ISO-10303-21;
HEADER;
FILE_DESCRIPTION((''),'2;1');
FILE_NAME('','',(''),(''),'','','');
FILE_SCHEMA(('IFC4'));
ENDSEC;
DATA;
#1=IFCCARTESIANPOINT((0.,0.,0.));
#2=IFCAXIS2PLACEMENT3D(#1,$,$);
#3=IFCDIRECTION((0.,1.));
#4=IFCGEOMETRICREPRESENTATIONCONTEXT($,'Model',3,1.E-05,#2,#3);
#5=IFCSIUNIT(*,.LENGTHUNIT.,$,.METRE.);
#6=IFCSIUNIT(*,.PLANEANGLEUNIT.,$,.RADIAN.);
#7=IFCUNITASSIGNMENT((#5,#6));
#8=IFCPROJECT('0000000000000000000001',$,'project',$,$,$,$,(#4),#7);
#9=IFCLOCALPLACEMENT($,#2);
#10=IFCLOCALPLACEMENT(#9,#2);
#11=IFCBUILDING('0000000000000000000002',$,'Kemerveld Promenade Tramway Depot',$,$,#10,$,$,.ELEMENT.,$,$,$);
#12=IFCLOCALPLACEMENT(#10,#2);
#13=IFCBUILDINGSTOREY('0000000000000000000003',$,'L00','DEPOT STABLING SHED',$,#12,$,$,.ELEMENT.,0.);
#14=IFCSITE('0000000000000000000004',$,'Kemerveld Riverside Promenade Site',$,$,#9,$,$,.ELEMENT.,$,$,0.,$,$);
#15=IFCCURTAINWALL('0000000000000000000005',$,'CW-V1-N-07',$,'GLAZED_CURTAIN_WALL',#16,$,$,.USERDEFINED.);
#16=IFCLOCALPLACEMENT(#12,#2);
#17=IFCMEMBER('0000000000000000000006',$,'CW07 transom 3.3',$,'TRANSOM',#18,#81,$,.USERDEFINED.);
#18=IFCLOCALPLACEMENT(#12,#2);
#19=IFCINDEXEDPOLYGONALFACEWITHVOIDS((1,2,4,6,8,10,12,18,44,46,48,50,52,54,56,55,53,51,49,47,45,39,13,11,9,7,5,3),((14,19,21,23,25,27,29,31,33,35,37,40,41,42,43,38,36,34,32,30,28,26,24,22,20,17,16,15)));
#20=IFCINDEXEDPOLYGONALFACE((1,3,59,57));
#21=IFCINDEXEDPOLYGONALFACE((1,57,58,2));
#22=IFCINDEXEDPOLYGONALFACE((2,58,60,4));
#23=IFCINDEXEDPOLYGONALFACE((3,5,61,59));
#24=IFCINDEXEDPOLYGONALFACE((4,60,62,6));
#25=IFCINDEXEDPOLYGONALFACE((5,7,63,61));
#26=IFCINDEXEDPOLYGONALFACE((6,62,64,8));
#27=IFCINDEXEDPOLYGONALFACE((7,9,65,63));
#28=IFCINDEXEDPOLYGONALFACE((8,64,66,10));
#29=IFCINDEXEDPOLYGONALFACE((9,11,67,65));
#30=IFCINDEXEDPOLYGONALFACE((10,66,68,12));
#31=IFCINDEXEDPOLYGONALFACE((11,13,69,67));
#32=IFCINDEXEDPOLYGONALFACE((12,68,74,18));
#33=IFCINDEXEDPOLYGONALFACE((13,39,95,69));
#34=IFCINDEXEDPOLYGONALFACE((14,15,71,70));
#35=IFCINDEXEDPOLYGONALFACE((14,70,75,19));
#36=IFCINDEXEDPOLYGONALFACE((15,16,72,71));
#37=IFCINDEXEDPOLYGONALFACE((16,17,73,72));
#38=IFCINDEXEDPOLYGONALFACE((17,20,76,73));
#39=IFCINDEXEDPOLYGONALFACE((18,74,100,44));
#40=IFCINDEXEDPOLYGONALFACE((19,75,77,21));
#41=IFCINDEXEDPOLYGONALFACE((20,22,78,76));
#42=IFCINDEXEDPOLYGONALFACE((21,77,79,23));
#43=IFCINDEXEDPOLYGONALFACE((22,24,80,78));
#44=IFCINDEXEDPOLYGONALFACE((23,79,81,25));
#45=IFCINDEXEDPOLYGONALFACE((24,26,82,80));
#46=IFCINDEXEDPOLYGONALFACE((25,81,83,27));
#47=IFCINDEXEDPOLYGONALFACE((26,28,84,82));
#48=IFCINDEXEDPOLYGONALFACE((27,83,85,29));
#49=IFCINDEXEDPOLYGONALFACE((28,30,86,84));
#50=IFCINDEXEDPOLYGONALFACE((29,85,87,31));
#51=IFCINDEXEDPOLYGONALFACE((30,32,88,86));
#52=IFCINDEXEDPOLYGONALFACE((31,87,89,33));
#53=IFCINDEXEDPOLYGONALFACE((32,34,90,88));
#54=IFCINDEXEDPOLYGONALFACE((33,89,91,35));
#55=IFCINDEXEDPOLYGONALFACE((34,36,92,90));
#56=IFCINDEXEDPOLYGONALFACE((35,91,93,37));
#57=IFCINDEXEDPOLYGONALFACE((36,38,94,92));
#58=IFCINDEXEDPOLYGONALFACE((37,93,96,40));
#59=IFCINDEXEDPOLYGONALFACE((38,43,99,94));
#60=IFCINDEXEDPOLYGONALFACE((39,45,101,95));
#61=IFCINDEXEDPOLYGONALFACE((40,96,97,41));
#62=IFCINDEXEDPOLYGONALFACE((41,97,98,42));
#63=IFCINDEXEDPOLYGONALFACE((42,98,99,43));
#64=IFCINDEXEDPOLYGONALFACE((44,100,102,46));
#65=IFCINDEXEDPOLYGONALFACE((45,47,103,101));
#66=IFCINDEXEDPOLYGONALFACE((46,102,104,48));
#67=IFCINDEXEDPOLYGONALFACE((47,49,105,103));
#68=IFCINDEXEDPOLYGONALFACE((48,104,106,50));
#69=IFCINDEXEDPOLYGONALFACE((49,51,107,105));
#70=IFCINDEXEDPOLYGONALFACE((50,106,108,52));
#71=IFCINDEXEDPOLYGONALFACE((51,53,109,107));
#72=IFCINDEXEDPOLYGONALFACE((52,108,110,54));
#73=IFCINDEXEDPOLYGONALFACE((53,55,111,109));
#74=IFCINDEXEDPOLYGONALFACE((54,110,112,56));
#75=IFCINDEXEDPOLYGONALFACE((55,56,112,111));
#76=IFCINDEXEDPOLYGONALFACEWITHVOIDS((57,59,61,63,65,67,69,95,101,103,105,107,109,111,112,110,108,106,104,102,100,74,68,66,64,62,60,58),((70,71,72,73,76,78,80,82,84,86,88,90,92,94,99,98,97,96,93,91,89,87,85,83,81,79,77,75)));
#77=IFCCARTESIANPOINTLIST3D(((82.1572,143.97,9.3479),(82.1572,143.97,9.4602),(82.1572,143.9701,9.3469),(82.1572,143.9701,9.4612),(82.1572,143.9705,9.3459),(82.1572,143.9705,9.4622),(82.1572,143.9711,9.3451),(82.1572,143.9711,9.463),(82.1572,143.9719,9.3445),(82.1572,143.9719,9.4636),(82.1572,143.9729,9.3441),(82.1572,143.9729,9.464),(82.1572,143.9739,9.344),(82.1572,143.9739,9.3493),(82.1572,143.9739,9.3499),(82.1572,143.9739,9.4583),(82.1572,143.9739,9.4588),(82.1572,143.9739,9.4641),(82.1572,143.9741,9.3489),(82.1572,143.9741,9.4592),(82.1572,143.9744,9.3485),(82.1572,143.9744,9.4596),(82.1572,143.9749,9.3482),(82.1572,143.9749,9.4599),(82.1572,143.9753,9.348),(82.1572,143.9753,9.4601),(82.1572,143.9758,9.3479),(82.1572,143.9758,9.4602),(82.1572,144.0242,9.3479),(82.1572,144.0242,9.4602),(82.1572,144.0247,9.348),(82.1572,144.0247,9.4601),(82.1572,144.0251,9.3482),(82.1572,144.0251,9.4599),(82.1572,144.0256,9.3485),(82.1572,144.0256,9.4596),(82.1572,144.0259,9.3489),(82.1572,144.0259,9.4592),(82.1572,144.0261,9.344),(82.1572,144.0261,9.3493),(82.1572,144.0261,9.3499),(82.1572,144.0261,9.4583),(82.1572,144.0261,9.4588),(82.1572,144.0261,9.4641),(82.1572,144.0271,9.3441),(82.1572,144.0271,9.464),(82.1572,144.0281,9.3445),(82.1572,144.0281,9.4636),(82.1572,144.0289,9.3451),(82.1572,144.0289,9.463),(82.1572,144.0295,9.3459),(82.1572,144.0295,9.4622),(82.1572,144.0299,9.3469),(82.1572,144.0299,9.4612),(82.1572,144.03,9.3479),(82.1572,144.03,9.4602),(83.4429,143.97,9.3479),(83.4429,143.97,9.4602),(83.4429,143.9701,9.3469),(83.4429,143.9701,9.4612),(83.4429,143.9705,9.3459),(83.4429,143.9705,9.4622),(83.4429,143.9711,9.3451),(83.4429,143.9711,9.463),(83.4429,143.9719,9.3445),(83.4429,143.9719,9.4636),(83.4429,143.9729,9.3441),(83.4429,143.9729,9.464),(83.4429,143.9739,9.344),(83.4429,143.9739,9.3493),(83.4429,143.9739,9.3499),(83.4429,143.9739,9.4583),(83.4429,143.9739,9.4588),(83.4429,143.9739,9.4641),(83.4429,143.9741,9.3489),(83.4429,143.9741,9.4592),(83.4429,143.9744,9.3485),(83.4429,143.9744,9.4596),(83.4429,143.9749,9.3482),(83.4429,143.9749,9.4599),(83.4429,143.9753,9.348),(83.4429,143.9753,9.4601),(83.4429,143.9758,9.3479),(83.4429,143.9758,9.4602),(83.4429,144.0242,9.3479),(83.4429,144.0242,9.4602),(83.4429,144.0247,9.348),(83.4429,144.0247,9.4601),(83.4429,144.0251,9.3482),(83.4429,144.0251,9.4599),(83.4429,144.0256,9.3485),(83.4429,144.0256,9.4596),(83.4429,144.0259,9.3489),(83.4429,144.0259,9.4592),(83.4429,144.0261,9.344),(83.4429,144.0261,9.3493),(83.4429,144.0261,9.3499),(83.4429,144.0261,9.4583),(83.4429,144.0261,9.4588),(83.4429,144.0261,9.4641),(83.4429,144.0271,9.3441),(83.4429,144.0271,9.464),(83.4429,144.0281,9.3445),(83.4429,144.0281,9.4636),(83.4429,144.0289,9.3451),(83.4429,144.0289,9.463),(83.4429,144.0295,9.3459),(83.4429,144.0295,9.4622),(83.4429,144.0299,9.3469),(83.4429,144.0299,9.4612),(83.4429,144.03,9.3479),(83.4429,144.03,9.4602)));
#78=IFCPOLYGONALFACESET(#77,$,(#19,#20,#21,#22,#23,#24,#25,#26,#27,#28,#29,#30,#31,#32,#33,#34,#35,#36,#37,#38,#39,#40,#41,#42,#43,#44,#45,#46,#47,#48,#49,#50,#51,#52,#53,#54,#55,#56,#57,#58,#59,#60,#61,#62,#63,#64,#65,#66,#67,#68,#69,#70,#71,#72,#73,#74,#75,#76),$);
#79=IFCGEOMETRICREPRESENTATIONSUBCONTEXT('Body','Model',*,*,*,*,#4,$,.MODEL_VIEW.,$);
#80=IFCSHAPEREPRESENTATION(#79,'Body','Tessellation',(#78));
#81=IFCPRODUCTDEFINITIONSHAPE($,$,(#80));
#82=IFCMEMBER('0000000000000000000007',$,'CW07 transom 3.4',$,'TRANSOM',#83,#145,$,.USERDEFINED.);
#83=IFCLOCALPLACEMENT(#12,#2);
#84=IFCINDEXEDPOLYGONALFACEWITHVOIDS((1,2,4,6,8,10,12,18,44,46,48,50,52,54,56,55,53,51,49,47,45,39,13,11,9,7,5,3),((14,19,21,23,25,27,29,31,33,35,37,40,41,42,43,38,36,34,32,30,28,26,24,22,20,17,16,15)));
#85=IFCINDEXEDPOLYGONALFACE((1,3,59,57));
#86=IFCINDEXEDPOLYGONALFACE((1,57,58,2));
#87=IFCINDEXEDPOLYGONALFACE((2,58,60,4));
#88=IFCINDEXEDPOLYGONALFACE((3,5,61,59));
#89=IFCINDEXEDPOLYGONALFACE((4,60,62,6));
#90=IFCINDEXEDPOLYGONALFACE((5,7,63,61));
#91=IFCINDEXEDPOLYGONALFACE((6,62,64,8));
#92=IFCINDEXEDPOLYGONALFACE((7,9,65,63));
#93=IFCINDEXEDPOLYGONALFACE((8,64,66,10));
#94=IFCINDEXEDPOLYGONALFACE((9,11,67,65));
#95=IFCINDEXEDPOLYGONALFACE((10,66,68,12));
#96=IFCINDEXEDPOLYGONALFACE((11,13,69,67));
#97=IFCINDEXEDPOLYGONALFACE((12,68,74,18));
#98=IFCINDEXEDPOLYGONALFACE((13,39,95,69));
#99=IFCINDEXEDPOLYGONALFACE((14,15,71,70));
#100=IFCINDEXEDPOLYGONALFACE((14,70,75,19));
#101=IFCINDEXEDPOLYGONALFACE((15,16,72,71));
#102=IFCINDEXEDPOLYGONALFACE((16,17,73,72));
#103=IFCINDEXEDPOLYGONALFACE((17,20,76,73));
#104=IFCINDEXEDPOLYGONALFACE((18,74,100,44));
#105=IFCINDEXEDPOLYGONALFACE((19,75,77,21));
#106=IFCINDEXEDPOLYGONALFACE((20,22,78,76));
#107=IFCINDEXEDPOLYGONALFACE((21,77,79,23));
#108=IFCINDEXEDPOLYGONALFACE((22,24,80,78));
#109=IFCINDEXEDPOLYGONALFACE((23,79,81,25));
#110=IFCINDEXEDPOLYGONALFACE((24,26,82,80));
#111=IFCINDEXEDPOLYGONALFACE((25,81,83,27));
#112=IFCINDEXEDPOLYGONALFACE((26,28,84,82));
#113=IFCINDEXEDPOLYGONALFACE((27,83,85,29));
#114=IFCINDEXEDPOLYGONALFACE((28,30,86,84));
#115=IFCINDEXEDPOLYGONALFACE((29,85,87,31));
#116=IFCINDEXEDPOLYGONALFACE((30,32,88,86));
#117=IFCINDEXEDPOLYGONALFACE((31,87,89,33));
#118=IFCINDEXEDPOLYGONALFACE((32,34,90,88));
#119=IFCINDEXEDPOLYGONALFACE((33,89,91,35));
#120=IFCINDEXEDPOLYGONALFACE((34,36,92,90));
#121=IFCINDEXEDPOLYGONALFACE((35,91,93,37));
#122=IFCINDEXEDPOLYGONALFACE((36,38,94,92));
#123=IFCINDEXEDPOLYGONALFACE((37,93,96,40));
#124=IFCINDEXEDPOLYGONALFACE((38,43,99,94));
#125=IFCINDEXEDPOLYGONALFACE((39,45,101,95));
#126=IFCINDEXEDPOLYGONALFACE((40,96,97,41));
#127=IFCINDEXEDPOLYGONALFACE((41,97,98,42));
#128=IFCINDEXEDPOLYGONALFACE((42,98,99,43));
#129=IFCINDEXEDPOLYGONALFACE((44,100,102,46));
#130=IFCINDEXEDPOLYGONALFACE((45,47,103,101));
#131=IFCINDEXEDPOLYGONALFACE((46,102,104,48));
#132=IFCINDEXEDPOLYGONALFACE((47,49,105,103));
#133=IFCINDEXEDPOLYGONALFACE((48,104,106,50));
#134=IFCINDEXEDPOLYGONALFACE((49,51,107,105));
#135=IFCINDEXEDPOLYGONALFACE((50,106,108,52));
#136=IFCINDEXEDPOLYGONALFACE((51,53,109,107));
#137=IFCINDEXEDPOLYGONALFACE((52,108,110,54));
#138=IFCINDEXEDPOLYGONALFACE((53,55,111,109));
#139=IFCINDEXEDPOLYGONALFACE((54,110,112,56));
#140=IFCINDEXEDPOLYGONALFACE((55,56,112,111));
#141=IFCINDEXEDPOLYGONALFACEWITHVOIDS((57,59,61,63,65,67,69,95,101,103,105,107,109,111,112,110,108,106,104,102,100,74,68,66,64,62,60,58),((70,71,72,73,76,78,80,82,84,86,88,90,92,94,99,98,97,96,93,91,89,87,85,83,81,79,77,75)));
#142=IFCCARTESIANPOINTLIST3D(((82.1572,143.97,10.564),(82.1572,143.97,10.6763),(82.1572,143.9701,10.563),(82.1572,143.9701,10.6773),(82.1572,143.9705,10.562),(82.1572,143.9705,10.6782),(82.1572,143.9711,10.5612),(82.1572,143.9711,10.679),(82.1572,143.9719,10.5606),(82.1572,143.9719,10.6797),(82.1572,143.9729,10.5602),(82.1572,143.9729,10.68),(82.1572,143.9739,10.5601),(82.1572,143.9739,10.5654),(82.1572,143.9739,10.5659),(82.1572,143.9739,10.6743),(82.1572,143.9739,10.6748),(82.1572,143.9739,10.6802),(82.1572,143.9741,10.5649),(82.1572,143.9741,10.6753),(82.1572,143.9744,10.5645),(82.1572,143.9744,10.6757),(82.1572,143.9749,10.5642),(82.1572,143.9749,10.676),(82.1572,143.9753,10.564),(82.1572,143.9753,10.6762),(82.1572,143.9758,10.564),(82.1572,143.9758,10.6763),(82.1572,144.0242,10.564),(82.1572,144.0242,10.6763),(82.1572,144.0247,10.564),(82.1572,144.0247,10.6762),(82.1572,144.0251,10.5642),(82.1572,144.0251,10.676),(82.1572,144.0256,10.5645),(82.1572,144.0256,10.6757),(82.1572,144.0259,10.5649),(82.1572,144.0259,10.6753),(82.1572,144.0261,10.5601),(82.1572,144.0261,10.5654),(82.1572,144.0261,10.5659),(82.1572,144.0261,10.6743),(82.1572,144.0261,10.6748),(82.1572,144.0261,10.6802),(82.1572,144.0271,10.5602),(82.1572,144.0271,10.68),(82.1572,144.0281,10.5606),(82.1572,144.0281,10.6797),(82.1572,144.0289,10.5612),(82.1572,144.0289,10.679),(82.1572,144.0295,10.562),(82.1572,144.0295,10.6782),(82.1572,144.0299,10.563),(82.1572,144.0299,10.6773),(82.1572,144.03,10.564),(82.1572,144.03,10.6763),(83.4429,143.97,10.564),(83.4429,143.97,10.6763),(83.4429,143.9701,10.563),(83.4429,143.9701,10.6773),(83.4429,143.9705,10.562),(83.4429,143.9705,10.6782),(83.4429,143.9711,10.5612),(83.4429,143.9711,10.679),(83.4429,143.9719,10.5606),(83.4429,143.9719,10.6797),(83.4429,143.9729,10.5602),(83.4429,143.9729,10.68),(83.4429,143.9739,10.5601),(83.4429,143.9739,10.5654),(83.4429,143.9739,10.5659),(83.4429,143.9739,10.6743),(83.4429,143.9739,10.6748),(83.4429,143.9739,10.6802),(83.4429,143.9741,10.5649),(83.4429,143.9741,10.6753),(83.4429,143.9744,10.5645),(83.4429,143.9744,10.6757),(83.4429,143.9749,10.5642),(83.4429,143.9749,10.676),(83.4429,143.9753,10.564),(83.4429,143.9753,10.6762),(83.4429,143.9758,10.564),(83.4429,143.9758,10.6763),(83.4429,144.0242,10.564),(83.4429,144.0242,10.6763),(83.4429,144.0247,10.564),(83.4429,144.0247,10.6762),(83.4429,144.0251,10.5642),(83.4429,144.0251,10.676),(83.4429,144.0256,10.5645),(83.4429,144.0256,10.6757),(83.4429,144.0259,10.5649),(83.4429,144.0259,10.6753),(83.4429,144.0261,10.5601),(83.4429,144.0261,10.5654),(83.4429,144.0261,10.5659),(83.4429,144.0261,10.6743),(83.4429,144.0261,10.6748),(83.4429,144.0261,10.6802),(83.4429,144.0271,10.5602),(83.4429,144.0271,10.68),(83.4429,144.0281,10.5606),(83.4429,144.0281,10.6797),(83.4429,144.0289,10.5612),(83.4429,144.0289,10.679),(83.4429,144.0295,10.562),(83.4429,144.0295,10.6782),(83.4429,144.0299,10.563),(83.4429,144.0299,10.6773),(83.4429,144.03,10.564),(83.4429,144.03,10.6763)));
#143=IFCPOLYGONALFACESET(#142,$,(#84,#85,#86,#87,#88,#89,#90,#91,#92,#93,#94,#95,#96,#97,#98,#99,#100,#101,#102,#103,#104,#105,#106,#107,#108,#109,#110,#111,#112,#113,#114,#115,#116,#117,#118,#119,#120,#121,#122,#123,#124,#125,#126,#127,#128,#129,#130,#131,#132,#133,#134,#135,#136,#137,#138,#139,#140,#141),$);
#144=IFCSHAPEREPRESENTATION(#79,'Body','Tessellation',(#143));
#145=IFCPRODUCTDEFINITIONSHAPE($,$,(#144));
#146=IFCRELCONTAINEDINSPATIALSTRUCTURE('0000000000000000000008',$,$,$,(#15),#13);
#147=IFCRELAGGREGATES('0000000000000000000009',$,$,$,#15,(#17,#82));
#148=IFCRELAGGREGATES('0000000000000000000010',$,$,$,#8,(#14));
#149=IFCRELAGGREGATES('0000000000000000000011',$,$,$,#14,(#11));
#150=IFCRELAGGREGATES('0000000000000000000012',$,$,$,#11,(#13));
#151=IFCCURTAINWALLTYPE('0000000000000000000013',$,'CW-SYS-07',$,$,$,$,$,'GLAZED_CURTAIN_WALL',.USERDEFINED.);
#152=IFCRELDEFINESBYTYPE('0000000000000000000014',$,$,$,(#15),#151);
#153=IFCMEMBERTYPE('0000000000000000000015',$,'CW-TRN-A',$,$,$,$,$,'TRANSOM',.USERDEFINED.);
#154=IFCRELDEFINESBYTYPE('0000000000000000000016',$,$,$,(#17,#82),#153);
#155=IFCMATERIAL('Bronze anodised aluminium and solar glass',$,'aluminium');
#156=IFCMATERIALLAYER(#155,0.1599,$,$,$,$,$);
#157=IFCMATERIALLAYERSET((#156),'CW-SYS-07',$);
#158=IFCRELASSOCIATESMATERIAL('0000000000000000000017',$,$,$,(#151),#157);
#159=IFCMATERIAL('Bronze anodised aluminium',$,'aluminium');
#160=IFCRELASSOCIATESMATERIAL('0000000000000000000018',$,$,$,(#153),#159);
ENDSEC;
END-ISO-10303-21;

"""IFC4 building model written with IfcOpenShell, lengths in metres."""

from ifc_helpers import new_model, si_unit, direction, frame, origin, origin_2d, place, context, subcontext, project, spatial, hollow_rectangle, extrude, material, layer, layer_set, material_profile, profile_set, type_object, element, aggregate, save


model = new_model("IFC4")

# Units and contexts
model_context = context("Model", 3, precision=1e-05, world=origin(), true_north=direction((0.0, 1.0)))
body_context = subcontext(model_context, "Body", "Model", "MODEL_VIEW")
ifc_project = project(units=[si_unit("LENGTHUNIT", "METRE"), si_unit("PLANEANGLEUNIT", "RADIAN")], contexts=[model_context])

# Site, building, storey
site_placement = place(None, origin())
site = spatial("IfcSite", under=ifc_project, at=site_placement, Name="Kemerveld Riverside Promenade Site", CompositionType="ELEMENT", RefElevation=0.0)
building_placement = place(site_placement, origin())
building = spatial("IfcBuilding", under=site, at=building_placement, Name="Kemerveld Promenade Tramway Depot", CompositionType="ELEMENT")
storey_placement = place(building_placement, origin())
storey = spatial("IfcBuildingStorey", under=building, at=storey_placement, Name="L00", Description="DEPOT STABLING SHED", CompositionType="ELEMENT", Elevation=0.0)

# Curtain wall, members
ifc_material_1 = material(Name="Bronze anodised aluminium and solar glass", Category="aluminium")
ifc_layer_1 = layer(ifc_material_1, 0.1599)
ifc_layer_set_1 = layer_set([ifc_layer_1], Name="CW-SYS-07")
curtain_wall_type_1 = type_object("IfcCurtainWallType", Name="CW-SYS-07", ElementType="GLAZED_CURTAIN_WALL", PredefinedType="USERDEFINED", material=ifc_layer_set_1)
curtain_wall_1_placement = place(storey_placement, origin())
curtain_wall_1 = element("IfcCurtainWall", 1, at=curtain_wall_1_placement, inside=storey, type_object=curtain_wall_type_1, Name="CW-V1-N-07", ObjectType="GLAZED_CURTAIN_WALL", PredefinedType="USERDEFINED")
ifc_material_2 = material(Name="Bronze anodised aluminium", Category="aluminium")
ifc_material_profile_1 = material_profile(ifc_material_2, hollow_rectangle(XDim=0.0601, YDim=0.1201, WallThickness=0.0039, InnerFilletRadius=0.002, OuterFilletRadius=0.0039, at=origin_2d()), Name="CW-TRN-120x60")
ifc_profile_set_1 = profile_set([ifc_material_profile_1], Name="Bronze anodised aluminium")
member_type_1 = type_object("IfcMemberType", Name="CW-TRN-A", ElementType="TRANSOM", PredefinedType="USERDEFINED", material=ifc_profile_set_1)
member_1_placement = place(storey_placement, frame((82.1572, 144.0, 9.4041), z_axis=(1.0, 0.0, 0.0), x_axis=(0.0, 1.0, 0.0)))
member_1 = element("IfcMember", 2, at=member_1_placement, type_object=member_type_1, Name="CW07 transom 3.3", ObjectType="TRANSOM", PredefinedType="USERDEFINED", context=body_context, shape_type="SweptSolid", body=[
    extrude(hollow_rectangle(XDim=0.0601, YDim=0.1201, WallThickness=0.0039, InnerFilletRadius=0.002, OuterFilletRadius=0.0039, at=origin_2d()), origin(), (0.0, 0.0, 1.0), 1.2856),
])
member_2_placement = place(storey_placement, frame((82.1572, 144.0, 10.6201), z_axis=(1.0, 0.0, 0.0), x_axis=(0.0, 1.0, 0.0)))
member_2 = element("IfcMember", 3, at=member_2_placement, type_object=member_type_1, Name="CW07 transom 3.4", ObjectType="TRANSOM", PredefinedType="USERDEFINED", context=body_context, shape_type="SweptSolid", body=[
    extrude(hollow_rectangle(XDim=0.0601, YDim=0.1201, WallThickness=0.0039, InnerFilletRadius=0.002, OuterFilletRadius=0.0039, at=origin_2d()), origin(), (0.0, 0.0, 1.0), 1.2856),
])

aggregate(curtain_wall_1, [member_1, member_2])

save(model, "model.ifc")
